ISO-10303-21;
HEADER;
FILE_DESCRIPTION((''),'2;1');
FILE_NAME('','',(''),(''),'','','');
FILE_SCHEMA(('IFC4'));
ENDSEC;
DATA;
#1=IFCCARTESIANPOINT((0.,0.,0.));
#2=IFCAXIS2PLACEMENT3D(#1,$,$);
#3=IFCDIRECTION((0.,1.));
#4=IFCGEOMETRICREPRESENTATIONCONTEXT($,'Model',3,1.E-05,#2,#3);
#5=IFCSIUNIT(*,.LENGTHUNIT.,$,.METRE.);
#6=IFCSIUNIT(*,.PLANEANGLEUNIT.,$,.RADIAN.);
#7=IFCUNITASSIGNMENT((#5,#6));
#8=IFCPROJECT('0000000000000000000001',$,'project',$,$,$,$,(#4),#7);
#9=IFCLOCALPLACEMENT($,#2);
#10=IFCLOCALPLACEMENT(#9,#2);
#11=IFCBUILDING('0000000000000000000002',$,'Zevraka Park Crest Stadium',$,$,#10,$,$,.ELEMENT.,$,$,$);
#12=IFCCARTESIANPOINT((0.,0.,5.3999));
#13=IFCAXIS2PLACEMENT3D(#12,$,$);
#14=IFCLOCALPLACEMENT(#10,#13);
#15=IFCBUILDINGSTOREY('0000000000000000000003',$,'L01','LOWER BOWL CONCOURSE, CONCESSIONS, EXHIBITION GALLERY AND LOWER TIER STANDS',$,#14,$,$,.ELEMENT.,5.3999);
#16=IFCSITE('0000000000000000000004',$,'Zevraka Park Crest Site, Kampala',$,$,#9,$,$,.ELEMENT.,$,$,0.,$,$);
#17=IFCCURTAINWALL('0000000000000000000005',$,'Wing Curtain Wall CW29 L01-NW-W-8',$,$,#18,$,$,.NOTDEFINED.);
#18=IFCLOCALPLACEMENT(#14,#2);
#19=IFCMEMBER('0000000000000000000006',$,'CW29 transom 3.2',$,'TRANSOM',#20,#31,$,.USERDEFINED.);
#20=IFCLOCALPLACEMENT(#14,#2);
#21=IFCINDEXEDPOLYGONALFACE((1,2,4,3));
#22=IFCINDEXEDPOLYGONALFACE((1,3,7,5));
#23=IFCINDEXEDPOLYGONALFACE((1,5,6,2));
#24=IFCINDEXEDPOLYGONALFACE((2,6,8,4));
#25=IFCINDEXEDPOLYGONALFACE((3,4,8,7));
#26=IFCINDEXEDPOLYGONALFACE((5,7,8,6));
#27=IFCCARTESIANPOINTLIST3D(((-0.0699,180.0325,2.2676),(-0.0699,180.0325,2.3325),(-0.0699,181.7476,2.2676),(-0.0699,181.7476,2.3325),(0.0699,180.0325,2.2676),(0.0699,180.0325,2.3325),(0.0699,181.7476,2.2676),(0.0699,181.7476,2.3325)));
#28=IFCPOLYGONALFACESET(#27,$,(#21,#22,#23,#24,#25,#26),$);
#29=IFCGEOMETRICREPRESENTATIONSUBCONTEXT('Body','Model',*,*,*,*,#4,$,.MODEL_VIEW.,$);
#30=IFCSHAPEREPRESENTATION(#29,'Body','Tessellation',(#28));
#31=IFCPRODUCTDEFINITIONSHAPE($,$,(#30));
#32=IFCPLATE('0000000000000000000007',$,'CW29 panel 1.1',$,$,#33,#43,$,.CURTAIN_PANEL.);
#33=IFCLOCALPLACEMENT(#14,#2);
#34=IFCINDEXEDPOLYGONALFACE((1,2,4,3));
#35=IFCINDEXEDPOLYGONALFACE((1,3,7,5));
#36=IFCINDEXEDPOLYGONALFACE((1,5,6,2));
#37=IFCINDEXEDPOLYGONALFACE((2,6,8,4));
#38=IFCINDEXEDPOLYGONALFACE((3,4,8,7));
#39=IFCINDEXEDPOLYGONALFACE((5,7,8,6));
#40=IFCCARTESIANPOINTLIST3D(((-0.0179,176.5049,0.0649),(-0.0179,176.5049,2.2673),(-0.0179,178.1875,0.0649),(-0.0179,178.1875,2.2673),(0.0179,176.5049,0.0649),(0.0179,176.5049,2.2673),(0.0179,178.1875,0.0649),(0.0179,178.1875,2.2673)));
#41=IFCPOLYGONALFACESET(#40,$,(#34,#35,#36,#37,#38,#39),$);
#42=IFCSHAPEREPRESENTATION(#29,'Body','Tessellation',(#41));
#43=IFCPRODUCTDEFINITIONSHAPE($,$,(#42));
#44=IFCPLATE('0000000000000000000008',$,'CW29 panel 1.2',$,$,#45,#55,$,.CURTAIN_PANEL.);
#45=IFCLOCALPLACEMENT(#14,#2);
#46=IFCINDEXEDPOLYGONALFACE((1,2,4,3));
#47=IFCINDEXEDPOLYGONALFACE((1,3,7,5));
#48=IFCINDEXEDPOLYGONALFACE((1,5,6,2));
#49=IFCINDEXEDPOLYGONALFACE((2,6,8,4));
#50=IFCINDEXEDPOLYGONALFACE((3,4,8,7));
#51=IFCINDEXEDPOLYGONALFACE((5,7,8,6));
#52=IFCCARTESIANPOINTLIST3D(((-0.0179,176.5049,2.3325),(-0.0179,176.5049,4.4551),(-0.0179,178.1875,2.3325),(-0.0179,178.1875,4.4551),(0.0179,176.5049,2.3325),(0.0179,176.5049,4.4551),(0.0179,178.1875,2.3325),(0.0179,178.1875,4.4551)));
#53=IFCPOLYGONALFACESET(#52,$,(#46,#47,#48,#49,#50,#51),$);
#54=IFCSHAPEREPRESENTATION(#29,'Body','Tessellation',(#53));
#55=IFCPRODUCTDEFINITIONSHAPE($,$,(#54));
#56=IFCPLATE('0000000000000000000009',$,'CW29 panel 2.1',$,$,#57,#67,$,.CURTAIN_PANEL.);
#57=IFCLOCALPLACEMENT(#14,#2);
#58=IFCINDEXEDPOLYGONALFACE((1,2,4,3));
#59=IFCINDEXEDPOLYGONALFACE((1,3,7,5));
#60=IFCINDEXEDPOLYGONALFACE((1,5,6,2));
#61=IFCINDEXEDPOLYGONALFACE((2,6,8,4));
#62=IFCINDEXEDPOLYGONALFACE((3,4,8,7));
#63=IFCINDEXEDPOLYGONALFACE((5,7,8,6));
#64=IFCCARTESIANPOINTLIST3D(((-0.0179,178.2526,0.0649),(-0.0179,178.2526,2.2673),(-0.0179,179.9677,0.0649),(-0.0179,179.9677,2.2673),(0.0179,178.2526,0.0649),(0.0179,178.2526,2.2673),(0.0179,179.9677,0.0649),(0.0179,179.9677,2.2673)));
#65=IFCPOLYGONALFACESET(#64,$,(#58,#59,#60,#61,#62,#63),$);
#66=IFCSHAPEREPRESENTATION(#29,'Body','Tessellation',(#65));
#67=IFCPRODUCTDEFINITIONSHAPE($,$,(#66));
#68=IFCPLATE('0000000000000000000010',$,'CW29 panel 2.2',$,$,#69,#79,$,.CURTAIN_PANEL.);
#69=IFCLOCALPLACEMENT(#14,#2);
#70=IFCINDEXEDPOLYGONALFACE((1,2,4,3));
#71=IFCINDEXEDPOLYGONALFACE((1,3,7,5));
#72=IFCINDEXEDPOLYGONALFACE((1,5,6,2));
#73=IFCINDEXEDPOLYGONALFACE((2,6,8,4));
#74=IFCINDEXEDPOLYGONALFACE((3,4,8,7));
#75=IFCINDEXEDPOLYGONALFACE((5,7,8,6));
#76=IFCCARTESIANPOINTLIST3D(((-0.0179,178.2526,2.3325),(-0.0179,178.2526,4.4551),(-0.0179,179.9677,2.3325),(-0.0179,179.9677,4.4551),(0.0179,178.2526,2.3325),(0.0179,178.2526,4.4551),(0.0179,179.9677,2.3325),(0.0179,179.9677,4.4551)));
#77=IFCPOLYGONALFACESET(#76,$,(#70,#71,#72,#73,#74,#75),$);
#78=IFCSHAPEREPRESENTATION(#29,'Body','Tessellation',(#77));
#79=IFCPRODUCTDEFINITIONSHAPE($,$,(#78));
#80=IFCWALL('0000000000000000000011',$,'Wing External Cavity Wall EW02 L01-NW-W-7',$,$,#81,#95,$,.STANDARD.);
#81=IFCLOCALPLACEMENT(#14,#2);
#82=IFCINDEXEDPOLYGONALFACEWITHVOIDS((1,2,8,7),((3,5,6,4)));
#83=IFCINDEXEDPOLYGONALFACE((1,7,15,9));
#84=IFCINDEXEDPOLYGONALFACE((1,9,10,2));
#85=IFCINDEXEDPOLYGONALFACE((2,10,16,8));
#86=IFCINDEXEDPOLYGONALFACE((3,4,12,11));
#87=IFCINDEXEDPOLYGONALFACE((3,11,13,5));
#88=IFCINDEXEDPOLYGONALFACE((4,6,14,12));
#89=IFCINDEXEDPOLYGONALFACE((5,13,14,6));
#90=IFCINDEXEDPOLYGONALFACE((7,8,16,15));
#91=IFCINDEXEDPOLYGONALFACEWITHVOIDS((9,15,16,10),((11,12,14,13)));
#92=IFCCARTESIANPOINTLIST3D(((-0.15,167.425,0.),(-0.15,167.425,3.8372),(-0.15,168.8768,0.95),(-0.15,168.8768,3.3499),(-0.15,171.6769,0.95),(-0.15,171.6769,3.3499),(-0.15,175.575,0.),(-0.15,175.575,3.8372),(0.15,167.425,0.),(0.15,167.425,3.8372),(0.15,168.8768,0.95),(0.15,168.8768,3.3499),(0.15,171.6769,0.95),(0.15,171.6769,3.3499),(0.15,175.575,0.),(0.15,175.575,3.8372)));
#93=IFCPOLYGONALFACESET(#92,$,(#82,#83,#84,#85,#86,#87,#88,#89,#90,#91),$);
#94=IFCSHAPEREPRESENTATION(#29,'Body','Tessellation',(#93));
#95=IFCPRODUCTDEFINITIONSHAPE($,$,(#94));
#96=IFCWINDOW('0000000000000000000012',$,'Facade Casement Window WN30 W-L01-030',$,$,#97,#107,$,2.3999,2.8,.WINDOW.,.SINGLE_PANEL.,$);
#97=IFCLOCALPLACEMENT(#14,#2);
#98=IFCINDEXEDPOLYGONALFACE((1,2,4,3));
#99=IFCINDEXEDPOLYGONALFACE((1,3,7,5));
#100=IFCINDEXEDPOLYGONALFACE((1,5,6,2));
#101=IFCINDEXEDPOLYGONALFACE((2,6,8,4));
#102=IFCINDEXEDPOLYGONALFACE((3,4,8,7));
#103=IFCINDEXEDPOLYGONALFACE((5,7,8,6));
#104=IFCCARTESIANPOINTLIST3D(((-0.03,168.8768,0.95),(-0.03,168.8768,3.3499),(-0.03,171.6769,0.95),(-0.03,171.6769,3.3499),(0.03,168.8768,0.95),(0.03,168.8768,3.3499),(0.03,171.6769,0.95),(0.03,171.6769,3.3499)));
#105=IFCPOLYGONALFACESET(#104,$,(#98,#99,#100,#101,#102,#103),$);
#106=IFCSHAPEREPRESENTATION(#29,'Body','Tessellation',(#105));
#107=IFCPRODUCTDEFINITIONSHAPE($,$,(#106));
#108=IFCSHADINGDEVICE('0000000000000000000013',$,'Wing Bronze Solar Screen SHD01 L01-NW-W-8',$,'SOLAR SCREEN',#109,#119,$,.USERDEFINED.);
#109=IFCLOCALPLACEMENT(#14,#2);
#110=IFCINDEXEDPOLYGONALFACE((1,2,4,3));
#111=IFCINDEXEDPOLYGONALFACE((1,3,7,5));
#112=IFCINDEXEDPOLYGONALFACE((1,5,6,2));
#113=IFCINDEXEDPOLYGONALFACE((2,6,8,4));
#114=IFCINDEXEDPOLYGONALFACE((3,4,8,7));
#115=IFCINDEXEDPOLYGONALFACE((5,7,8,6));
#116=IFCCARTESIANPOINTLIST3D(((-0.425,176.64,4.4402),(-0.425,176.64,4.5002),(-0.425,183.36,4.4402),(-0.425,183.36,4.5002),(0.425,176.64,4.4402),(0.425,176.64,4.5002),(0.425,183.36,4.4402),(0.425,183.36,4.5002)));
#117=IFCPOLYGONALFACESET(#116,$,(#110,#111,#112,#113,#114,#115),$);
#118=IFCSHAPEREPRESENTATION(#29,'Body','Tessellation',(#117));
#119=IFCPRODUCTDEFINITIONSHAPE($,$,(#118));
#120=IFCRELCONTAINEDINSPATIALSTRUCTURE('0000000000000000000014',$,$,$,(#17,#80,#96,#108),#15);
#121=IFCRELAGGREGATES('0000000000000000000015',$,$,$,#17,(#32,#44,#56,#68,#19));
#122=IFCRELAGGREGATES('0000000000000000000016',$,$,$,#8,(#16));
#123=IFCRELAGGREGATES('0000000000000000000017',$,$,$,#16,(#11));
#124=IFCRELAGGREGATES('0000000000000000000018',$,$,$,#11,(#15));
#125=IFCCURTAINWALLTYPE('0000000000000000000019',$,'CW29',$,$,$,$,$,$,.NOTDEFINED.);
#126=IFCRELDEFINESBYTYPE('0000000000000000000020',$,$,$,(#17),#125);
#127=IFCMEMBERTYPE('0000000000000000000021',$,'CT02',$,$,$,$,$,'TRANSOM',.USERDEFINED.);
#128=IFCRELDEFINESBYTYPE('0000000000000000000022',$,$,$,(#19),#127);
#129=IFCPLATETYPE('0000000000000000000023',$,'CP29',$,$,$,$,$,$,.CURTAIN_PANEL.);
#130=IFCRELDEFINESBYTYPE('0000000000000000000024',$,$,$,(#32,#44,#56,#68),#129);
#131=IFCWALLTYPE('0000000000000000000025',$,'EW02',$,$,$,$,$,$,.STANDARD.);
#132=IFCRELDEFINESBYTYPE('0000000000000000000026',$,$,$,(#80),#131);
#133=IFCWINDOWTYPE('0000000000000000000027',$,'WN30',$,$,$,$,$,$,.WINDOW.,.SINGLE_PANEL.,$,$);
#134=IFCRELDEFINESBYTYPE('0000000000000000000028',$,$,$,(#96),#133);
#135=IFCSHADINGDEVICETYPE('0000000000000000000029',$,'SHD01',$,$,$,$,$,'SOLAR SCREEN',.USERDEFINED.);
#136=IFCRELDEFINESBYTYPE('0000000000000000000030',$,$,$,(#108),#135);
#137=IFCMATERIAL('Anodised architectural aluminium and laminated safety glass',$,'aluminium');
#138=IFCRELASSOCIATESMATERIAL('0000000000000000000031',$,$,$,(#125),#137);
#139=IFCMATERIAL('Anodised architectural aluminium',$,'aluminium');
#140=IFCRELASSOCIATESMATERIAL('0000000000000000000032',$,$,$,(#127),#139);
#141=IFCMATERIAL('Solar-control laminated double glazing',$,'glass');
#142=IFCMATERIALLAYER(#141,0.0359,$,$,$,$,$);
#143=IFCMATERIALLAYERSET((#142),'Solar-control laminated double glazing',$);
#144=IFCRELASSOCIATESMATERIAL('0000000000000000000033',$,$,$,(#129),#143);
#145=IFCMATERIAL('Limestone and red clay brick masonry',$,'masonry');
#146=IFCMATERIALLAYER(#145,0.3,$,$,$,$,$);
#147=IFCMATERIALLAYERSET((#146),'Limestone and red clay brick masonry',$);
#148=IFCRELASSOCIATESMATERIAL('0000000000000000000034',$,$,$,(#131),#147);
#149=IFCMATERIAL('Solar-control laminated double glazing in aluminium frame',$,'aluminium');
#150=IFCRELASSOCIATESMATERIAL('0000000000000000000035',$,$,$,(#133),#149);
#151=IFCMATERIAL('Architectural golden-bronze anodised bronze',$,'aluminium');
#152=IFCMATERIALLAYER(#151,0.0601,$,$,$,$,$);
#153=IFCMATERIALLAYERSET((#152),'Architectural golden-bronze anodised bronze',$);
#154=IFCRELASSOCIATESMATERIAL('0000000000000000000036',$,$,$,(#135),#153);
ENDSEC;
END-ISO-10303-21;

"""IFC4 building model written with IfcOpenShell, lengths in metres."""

from ifc_helpers import new_model, si_unit, direction, frame, frame_2d, origin, origin_2d, place, context, subcontext, project, spatial, rectangle, extrude, material, layer, layer_set, material_profile, profile_set, type_object, element, fill, aggregate, save


model = new_model("IFC4")

# Units and contexts
model_context = context("Model", 3, precision=1e-05, world=origin(), true_north=direction((0.0, 1.0)))
body_context = subcontext(model_context, "Body", "Model", "MODEL_VIEW")
ifc_project = project(units=[si_unit("LENGTHUNIT", "METRE"), si_unit("PLANEANGLEUNIT", "RADIAN")], contexts=[model_context])

# Site, building, storey
site_placement = place(None, origin())
site = spatial("IfcSite", under=ifc_project, at=site_placement, Name="Zevraka Park Crest Site, Kampala", CompositionType="ELEMENT", RefElevation=0.0)
building_placement = place(site_placement, origin())
building = spatial("IfcBuilding", under=site, at=building_placement, Name="Zevraka Park Crest Stadium", CompositionType="ELEMENT")
storey_placement = place(building_placement, frame((0.0, 0.0, 5.3999)))
storey = spatial("IfcBuildingStorey", under=building, at=storey_placement, Name="L01", Description="LOWER BOWL CONCOURSE, CONCESSIONS, EXHIBITION GALLERY AND LOWER TIER STANDS", CompositionType="ELEMENT", Elevation=5.3999)

# Curtain wall, member, plates
ifc_material_1 = material(Name="Anodised architectural aluminium and laminated safety glass", Category="aluminium")
curtain_wall_type = type_object("IfcCurtainWallType", Name="CW29", PredefinedType="NOTDEFINED", material=ifc_material_1)
curtain_wall_placement = place(storey_placement, origin())
curtain_wall = element("IfcCurtainWall", 1, at=curtain_wall_placement, inside=storey, type_object=curtain_wall_type, Name="Wing Curtain Wall CW29 L01-NW-W-8", PredefinedType="NOTDEFINED")
ifc_material_2 = material(Name="Anodised architectural aluminium", Category="aluminium")
ifc_material_profile_1 = material_profile(ifc_material_2, rectangle(XDim=0.1399, YDim=0.0649, at=origin_2d()), Name="ALU TRANSOM 140x65")
ifc_profile_set_1 = profile_set([ifc_material_profile_1], Name="Anodised architectural aluminium")
member_type_1 = type_object("IfcMemberType", Name="CT02", ElementType="TRANSOM", PredefinedType="USERDEFINED", material=ifc_profile_set_1)
member_1_placement = place(storey_placement, frame((0.0, 180.0325, 2.3), z_axis=(0.0, 1.0, 0.0), x_axis=(-1.0, 0.0, 0.0)))
member_1 = element("IfcMember", 2, at=member_1_placement, type_object=member_type_1, Name="CW29 transom 3.2", ObjectType="TRANSOM", PredefinedType="USERDEFINED", context=body_context, shape_type="SweptSolid", body=[
    extrude(rectangle(XDim=0.1399, YDim=0.0649, at=origin_2d()), origin(), (0.0, 0.0, 1.0), 1.7151),
])
ifc_material_3 = material(Name="Solar-control laminated double glazing", Category="glass")
ifc_layer_1 = layer(ifc_material_3, 0.0359)
ifc_layer_set_1 = layer_set([ifc_layer_1], Name="Solar-control laminated double glazing")
plate_type = type_object("IfcPlateType", Name="CP29", PredefinedType="CURTAIN_PANEL", material=ifc_layer_set_1)
plate_1_placement = place(storey_placement, frame((0.0, 177.3462, 0.0649), z_axis=(0.0, 0.0, 1.0), x_axis=(0.0, 1.0, 0.0)))
plate_1 = element("IfcPlate", 3, at=plate_1_placement, type_object=plate_type, Name="CW29 panel 1.1", PredefinedType="CURTAIN_PANEL", context=body_context, shape_type="SweptSolid", body=[
    extrude(rectangle(XDim=1.6826, YDim=0.0359, at=origin_2d()), origin(), (0.0, 0.0, 1.0), 2.2024),
])
plate_2_placement = place(storey_placement, frame((0.0, 177.3462, 2.3325), z_axis=(0.0, 0.0, 1.0), x_axis=(0.0, 1.0, 0.0)))
plate_2 = element("IfcPlate", 4, at=plate_2_placement, type_object=plate_type, Name="CW29 panel 1.2", PredefinedType="CURTAIN_PANEL", context=body_context, shape_type="SweptSolid", body=[
    extrude(rectangle(XDim=1.6826, YDim=0.0359, at=origin_2d()), origin(), (0.0, 0.0, 1.0), 2.1226),
])
plate_3_placement = place(storey_placement, frame((0.0, 179.1101, 0.0649), z_axis=(0.0, 0.0, 1.0), x_axis=(0.0, 1.0, 0.0)))
plate_3 = element("IfcPlate", 5, at=plate_3_placement, type_object=plate_type, Name="CW29 panel 2.1", PredefinedType="CURTAIN_PANEL", context=body_context, shape_type="SweptSolid", body=[
    extrude(rectangle(XDim=1.7151, YDim=0.0359, at=origin_2d()), origin(), (0.0, 0.0, 1.0), 2.2024),
])
plate_4_placement = place(storey_placement, frame((0.0, 179.1101, 2.3325), z_axis=(0.0, 0.0, 1.0), x_axis=(0.0, 1.0, 0.0)))
plate_4 = element("IfcPlate", 6, at=plate_4_placement, type_object=plate_type, Name="CW29 panel 2.2", PredefinedType="CURTAIN_PANEL", context=body_context, shape_type="SweptSolid", body=[
    extrude(rectangle(XDim=1.7151, YDim=0.0359, at=origin_2d()), origin(), (0.0, 0.0, 1.0), 2.1226),
])
aggregate(curtain_wall, [plate_1, plate_2, plate_3, plate_4, member_1])

# Wall, opening, window
ifc_material_4 = material(Name="Limestone and red clay brick masonry", Category="masonry")
ifc_layer_2 = layer(ifc_material_4, 0.3)
ifc_layer_set_2 = layer_set([ifc_layer_2], Name="Limestone and red clay brick masonry")
wall_type = type_object("IfcWallType", Name="EW02", PredefinedType="STANDARD", material=ifc_layer_set_2)
wall_placement = place(storey_placement, frame((0.0, 167.425, 0.0), z_axis=(0.0, 0.0, 1.0), x_axis=(0.0, 1.0, 0.0)))
wall = element("IfcWall", 7, at=wall_placement, inside=storey, type_object=wall_type, Name="Wing External Cavity Wall EW02 L01-NW-W-7", PredefinedType="STANDARD", context=body_context, shape_type="SweptSolid", body=[
    extrude(rectangle(XDim=8.1499, YDim=0.3, at=frame_2d((4.075, 0.0))), origin(), (0.0, 0.0, 1.0), 3.8372),
])
opening_placement = place(wall_placement, frame((1.4519, 0.0, 0.95)))
opening = element("IfcOpeningElement", 8, at=opening_placement, cuts=wall, PredefinedType="OPENING", context=body_context, shape_type="SweptSolid", body=[
    extrude(rectangle(XDim=2.8, YDim=2.3999, at=frame_2d((1.3999, 1.2))), frame((0.0, 0.1599, 0.0), z_axis=(0.0, -1.0, 0.0), x_axis=(1.0, 0.0, 0.0)), (0.0, 0.0, 1.0), 0.3201),
])
ifc_material_5 = material(Name="Solar-control laminated double glazing in aluminium frame", Category="aluminium")
window_type = type_object("IfcWindowType", Name="WN30", PartitioningType="SINGLE_PANEL", PredefinedType="WINDOW", material=ifc_material_5)
window_placement = place(opening_placement, origin())
window = element("IfcWindow", 9, at=window_placement, inside=storey, type_object=window_type, Name="Facade Casement Window WN30 W-L01-030", OverallHeight=2.3999, OverallWidth=2.8, PartitioningType="SINGLE_PANEL", PredefinedType="WINDOW", context=body_context, shape_type="SweptSolid", body=[
    extrude(rectangle(XDim=2.8, YDim=2.3999, at=frame_2d((1.3999, 1.2))), frame((0.0, 0.03, 0.0), z_axis=(0.0, -1.0, 0.0), x_axis=(1.0, 0.0, 0.0)), (0.0, 0.0, 1.0), 0.0601),
])
fill(opening, window)

# Shading device
ifc_material_6 = material(Name="Architectural golden-bronze anodised bronze", Category="aluminium")
ifc_layer_3 = layer(ifc_material_6, 0.0601)
ifc_layer_set_3 = layer_set([ifc_layer_3], Name="Architectural golden-bronze anodised bronze")
shading_device_type = type_object("IfcShadingDeviceType", Name="SHD01", ElementType="SOLAR SCREEN", PredefinedType="USERDEFINED", material=ifc_layer_set_3)
shading_device_placement = place(storey_placement, frame((0.0, 180.0, 4.4402), z_axis=(0.0, 0.0, 1.0), x_axis=(0.0, 1.0, 0.0)))
element("IfcShadingDevice", 10, at=shading_device_placement, inside=storey, type_object=shading_device_type, Name="Wing Bronze Solar Screen SHD01 L01-NW-W-8", ObjectType="SOLAR SCREEN", PredefinedType="USERDEFINED", context=body_context, shape_type="SweptSolid", body=[
    extrude(rectangle(XDim=6.72, YDim=0.8501, at=origin_2d()), origin(), (0.0, 0.0, 1.0), 0.0601),
])

save(model, "model.ifc")
